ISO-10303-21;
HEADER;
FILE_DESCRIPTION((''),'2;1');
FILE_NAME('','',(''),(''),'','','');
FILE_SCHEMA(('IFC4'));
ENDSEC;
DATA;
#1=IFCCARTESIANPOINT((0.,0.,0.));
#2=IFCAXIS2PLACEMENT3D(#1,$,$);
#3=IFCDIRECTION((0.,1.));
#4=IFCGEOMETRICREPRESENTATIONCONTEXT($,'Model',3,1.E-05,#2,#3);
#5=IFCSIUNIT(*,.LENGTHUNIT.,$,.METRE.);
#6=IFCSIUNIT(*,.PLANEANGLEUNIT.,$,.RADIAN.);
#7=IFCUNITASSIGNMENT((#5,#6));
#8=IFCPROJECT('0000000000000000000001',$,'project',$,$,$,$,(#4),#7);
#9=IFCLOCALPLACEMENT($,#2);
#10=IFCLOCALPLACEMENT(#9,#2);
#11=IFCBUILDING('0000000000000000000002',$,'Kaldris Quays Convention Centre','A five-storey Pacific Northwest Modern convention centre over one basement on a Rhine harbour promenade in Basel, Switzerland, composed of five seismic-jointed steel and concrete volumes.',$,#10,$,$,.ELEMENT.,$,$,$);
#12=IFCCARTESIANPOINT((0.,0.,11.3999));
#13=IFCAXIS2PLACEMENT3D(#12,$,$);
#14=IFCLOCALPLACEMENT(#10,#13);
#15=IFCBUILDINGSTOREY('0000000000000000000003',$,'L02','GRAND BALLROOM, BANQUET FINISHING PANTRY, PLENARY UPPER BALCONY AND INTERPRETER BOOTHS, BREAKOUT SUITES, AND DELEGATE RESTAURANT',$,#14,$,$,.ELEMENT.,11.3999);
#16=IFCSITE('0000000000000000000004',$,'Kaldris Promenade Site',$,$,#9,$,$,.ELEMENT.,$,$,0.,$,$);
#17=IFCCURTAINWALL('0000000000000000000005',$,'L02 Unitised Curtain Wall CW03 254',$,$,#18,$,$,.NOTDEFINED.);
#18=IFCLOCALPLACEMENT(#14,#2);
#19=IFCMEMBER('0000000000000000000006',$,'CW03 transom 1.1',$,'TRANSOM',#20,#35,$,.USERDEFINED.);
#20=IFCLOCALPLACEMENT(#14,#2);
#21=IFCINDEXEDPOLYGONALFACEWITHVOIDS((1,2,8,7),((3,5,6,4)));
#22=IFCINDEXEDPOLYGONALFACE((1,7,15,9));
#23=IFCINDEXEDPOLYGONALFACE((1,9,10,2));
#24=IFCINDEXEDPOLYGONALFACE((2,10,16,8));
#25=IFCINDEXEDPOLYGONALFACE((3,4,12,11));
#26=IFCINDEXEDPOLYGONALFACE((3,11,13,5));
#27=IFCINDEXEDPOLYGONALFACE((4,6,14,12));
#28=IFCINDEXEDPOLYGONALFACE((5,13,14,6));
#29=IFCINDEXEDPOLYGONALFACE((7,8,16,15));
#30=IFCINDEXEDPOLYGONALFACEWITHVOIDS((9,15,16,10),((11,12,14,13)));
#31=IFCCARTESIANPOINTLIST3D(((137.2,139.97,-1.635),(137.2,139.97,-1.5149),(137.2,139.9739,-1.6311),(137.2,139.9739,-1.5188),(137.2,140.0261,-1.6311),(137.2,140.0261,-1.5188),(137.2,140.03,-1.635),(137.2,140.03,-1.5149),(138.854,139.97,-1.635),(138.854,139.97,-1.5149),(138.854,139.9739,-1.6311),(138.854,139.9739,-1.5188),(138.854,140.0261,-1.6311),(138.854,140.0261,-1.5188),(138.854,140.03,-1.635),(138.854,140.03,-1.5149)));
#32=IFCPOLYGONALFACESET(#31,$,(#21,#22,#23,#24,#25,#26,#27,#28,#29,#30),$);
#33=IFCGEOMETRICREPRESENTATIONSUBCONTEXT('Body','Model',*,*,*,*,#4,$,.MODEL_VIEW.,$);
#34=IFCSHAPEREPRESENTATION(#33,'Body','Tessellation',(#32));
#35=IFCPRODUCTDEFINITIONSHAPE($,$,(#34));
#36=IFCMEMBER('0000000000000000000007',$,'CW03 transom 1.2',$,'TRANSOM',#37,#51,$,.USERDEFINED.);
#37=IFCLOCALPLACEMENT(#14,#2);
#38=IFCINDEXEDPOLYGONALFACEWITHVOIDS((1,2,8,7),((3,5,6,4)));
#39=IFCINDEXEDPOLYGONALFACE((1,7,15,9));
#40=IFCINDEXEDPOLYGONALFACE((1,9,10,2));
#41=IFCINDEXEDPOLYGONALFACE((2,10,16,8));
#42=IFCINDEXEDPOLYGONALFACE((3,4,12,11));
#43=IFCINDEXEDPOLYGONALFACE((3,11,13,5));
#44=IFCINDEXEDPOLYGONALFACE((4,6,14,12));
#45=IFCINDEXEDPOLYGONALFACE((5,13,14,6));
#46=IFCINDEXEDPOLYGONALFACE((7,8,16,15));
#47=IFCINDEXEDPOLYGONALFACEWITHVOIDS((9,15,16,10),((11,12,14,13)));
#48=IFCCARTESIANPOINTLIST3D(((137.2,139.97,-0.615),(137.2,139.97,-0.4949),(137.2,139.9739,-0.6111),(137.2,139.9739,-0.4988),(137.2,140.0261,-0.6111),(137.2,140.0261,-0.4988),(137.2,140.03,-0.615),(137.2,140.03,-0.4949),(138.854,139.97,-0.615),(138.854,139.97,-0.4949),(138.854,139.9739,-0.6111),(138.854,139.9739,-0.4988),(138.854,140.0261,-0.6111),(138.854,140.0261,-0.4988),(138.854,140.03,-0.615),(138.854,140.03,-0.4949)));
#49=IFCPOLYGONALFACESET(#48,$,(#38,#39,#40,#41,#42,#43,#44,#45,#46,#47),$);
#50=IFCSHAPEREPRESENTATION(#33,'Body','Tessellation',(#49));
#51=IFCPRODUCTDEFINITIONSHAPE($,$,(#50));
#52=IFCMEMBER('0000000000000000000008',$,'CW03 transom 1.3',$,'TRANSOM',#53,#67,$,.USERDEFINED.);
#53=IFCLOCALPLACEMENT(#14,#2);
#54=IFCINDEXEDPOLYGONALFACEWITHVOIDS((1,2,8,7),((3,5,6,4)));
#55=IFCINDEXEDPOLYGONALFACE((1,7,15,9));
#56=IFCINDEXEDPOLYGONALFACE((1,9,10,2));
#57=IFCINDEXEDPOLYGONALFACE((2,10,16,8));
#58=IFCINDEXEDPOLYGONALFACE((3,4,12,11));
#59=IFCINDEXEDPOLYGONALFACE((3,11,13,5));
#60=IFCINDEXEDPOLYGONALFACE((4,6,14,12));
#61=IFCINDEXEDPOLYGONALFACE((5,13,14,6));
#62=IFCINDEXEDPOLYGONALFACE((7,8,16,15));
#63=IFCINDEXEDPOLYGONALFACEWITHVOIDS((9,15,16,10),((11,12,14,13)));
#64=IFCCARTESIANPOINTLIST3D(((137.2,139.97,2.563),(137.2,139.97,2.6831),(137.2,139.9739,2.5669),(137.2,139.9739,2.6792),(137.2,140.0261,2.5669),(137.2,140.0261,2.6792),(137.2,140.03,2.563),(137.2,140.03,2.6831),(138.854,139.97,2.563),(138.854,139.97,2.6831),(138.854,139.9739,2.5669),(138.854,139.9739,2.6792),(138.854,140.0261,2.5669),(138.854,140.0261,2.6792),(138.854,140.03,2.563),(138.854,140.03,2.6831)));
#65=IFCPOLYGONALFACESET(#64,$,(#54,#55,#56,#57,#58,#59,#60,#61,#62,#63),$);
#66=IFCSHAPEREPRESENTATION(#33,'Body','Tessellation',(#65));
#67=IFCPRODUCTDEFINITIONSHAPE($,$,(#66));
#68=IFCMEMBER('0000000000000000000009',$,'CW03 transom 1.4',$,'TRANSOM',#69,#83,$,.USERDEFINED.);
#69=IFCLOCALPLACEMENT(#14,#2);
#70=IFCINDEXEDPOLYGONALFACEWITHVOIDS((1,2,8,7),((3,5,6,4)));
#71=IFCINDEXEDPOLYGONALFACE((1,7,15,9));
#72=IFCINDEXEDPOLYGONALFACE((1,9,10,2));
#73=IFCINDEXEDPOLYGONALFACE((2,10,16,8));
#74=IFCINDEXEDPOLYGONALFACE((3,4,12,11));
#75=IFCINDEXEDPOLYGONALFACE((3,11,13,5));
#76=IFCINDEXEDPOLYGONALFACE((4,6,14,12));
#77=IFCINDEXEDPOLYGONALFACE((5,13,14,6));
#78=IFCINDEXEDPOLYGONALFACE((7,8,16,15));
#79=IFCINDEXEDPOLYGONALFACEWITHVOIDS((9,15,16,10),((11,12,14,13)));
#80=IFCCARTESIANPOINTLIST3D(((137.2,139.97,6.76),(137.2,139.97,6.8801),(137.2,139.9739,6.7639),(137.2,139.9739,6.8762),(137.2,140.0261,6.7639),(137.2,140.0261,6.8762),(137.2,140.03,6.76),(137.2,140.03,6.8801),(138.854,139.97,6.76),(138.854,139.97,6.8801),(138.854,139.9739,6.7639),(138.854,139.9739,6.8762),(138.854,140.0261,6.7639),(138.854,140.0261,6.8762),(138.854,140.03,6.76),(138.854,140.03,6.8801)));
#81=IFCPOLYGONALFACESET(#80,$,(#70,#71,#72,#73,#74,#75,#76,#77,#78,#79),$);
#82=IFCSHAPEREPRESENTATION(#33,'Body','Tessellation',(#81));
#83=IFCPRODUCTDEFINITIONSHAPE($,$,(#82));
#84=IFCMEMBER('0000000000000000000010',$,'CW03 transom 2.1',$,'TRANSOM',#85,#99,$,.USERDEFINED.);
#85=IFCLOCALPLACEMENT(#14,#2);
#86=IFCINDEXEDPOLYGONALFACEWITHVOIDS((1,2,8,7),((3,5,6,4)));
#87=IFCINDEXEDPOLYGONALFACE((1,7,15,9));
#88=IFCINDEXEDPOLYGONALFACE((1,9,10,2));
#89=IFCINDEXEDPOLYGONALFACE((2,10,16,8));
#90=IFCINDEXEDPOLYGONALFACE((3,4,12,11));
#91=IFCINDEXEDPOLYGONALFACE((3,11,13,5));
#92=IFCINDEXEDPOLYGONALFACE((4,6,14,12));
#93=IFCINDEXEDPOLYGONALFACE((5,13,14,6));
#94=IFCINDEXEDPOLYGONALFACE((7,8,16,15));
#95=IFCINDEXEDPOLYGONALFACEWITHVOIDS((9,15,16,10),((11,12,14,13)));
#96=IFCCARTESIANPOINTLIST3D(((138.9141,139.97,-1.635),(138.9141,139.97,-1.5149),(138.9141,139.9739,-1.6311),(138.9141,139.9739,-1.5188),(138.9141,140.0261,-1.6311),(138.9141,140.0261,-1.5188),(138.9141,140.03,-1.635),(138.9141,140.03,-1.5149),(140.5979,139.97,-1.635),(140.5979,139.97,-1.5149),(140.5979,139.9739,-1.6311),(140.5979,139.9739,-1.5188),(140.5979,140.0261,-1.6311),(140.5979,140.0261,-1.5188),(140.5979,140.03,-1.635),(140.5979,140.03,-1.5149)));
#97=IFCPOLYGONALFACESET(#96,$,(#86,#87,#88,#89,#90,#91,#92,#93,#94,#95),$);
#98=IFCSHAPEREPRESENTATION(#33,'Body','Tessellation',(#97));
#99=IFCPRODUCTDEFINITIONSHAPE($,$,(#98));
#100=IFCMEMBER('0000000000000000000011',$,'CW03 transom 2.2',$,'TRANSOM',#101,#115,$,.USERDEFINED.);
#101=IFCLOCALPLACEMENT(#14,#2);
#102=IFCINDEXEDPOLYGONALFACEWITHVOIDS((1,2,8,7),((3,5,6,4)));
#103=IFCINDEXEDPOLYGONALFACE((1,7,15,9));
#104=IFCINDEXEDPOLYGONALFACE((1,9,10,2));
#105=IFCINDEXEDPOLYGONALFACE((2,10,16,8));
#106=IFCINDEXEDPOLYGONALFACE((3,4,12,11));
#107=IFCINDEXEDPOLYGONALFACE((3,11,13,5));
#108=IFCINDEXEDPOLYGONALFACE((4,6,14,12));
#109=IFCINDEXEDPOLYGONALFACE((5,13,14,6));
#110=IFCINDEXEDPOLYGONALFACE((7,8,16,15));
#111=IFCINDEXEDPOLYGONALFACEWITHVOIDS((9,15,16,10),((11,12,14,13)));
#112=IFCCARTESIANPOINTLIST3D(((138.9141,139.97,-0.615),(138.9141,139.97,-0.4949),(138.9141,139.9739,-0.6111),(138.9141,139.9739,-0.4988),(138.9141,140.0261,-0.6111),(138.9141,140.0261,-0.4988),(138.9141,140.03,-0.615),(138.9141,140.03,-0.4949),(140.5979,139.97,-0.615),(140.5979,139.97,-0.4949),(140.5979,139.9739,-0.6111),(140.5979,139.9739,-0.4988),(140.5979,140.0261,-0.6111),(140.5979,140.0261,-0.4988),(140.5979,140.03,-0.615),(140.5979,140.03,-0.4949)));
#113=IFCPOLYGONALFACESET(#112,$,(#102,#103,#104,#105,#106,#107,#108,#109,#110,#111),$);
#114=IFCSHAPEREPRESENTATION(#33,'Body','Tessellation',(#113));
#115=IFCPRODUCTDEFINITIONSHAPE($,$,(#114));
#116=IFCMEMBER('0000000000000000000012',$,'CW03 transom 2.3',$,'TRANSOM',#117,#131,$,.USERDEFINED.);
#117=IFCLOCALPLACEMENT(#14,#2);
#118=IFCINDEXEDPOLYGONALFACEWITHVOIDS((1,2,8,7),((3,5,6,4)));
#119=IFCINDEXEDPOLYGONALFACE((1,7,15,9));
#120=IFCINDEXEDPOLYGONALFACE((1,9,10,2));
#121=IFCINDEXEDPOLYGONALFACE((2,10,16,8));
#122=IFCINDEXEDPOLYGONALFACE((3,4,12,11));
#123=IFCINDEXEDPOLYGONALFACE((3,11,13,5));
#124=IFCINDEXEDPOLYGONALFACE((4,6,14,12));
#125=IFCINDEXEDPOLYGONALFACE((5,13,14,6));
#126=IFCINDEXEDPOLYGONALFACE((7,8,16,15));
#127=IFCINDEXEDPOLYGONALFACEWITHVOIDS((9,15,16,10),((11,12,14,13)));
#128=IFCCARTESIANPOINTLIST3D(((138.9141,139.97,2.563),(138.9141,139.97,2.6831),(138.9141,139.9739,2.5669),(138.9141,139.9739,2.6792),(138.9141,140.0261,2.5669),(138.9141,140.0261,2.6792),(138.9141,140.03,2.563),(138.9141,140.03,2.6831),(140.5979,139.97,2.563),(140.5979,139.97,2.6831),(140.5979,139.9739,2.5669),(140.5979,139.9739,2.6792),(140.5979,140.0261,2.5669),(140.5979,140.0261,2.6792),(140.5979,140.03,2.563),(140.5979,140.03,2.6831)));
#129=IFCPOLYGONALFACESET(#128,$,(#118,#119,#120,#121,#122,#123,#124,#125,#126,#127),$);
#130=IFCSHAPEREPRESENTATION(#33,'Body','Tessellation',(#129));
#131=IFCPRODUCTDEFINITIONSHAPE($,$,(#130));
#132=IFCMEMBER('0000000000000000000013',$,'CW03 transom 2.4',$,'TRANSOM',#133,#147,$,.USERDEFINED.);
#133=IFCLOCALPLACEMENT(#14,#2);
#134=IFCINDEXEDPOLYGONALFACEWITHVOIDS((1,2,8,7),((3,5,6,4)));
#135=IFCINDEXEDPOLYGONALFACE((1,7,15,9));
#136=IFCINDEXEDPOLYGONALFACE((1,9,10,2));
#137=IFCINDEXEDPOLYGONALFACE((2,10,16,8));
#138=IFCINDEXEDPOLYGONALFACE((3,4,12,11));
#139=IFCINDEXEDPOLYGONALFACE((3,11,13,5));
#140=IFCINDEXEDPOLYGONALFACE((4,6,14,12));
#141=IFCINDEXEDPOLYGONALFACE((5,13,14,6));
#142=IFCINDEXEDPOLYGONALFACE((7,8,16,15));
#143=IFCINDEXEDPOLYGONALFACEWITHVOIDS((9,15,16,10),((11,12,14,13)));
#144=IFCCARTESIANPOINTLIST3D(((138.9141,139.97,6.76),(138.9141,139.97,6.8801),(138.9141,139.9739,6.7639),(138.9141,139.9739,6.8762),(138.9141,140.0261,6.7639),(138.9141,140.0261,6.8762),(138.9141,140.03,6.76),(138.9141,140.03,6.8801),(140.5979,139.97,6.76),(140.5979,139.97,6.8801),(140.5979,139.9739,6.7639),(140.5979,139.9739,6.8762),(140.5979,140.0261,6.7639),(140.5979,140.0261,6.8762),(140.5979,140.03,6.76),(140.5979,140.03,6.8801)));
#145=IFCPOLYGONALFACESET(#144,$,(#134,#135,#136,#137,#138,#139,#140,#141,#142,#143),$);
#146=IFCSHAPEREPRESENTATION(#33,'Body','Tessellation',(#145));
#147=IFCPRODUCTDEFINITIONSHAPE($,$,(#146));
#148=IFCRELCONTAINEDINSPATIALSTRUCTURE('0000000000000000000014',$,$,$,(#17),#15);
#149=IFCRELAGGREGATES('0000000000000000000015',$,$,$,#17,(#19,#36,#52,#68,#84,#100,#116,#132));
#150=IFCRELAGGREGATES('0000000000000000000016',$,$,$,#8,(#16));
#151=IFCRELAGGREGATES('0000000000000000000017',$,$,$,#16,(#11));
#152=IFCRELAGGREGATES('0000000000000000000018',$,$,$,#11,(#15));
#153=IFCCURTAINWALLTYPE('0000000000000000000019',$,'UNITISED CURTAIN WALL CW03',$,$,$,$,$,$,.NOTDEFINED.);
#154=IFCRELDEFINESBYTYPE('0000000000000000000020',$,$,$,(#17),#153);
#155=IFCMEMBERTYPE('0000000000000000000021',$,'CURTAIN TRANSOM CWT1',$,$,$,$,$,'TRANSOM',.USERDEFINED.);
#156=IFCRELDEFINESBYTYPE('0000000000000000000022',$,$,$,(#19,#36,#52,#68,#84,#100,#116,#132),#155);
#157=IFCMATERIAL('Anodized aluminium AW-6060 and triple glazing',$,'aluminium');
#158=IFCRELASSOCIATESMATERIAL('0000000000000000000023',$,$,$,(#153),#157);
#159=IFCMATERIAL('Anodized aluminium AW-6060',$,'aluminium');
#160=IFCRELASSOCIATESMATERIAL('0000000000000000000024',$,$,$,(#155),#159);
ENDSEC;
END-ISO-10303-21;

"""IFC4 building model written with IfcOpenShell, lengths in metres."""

from ifc_helpers import new_model, si_unit, direction, frame, origin, origin_2d, place, context, subcontext, project, spatial, hollow_rectangle, extrude, material, material_profile, profile_set, type_object, element, aggregate, save


model = new_model("IFC4")

# Units and contexts
model_context = context("Model", 3, precision=1e-05, world=origin(), true_north=direction((0.0, 1.0)))
body_context = subcontext(model_context, "Body", "Model", "MODEL_VIEW")
ifc_project = project(units=[si_unit("LENGTHUNIT", "METRE"), si_unit("PLANEANGLEUNIT", "RADIAN")], contexts=[model_context])

# Site, building, storey
site_placement = place(None, origin())
site = spatial("IfcSite", under=ifc_project, at=site_placement, Name="Kaldris Promenade Site", CompositionType="ELEMENT", RefElevation=0.0)
building_placement = place(site_placement, origin())
building = spatial("IfcBuilding", under=site, at=building_placement, Name="Kaldris Quays Convention Centre", Description="A five-storey Pacific Northwest Modern convention centre over one basement on a Rhine harbour promenade in Basel, Switzerland, composed of five seismic-jointed steel and concrete volumes.", CompositionType="ELEMENT")
storey_placement = place(building_placement, frame((0.0, 0.0, 11.3999)))
storey = spatial("IfcBuildingStorey", under=building, at=storey_placement, Name="L02", Description="GRAND BALLROOM, BANQUET FINISHING PANTRY, PLENARY UPPER BALCONY AND INTERPRETER BOOTHS, BREAKOUT SUITES, AND DELEGATE RESTAURANT", CompositionType="ELEMENT", Elevation=11.3999)

# Curtain wall
ifc_material_1 = material(Name="Anodized aluminium AW-6060 and triple glazing", Category="aluminium")
curtain_wall_type = type_object("IfcCurtainWallType", Name="UNITISED CURTAIN WALL CW03", PredefinedType="NOTDEFINED", material=ifc_material_1)
ifc_material_2 = material(Name="Anodized aluminium AW-6060", Category="aluminium")
curtain_wall_1_placement = place(storey_placement, origin())
curtain_wall_1 = element("IfcCurtainWall", 1, at=curtain_wall_1_placement, inside=storey, type_object=curtain_wall_type, Name="L02 Unitised Curtain Wall CW03 254", PredefinedType="NOTDEFINED")

# Members
ifc_material_profile_1 = material_profile(ifc_material_2, hollow_rectangle(XDim=0.0601, YDim=0.1201, WallThickness=0.0039, at=origin_2d()), Name="RHS 120x60x4")
ifc_profile_set_1 = profile_set([ifc_material_profile_1], Name="Anodized aluminium AW-6060")
member_type_1 = type_object("IfcMemberType", Name="CURTAIN TRANSOM CWT1", ElementType="TRANSOM", PredefinedType="USERDEFINED", material=ifc_profile_set_1)
member_1_placement = place(storey_placement, frame((137.2, 140.0, -1.575), z_axis=(1.0, 0.0, 0.0), x_axis=(0.0, 1.0, 0.0)))
member_1 = element("IfcMember", 2, at=member_1_placement, type_object=member_type_1, Name="CW03 transom 1.1", ObjectType="TRANSOM", PredefinedType="USERDEFINED", context=body_context, shape_type="SweptSolid", body=[
    extrude(hollow_rectangle(XDim=0.0601, YDim=0.1201, WallThickness=0.0039, at=origin_2d()), origin(), (0.0, 0.0, 1.0), 1.6541),
])
member_2_placement = place(storey_placement, frame((137.2, 140.0, -0.5549), z_axis=(1.0, 0.0, 0.0), x_axis=(0.0, 1.0, 0.0)))
member_2 = element("IfcMember", 3, at=member_2_placement, type_object=member_type_1, Name="CW03 transom 1.2", ObjectType="TRANSOM", PredefinedType="USERDEFINED", context=body_context, shape_type="SweptSolid", body=[
    extrude(hollow_rectangle(XDim=0.0601, YDim=0.1201, WallThickness=0.0039, at=origin_2d()), origin(), (0.0, 0.0, 1.0), 1.6541),
])
member_3_placement = place(storey_placement, frame((137.2, 140.0, 2.623), z_axis=(1.0, 0.0, 0.0), x_axis=(0.0, 1.0, 0.0)))
member_3 = element("IfcMember", 4, at=member_3_placement, type_object=member_type_1, Name="CW03 transom 1.3", ObjectType="TRANSOM", PredefinedType="USERDEFINED", context=body_context, shape_type="SweptSolid", body=[
    extrude(hollow_rectangle(XDim=0.0601, YDim=0.1201, WallThickness=0.0039, at=origin_2d()), origin(), (0.0, 0.0, 1.0), 1.6541),
])
member_4_placement = place(storey_placement, frame((137.2, 140.0, 6.8201), z_axis=(1.0, 0.0, 0.0), x_axis=(0.0, 1.0, 0.0)))
member_4 = element("IfcMember", 5, at=member_4_placement, type_object=member_type_1, Name="CW03 transom 1.4", ObjectType="TRANSOM", PredefinedType="USERDEFINED", context=body_context, shape_type="SweptSolid", body=[
    extrude(hollow_rectangle(XDim=0.0601, YDim=0.1201, WallThickness=0.0039, at=origin_2d()), origin(), (0.0, 0.0, 1.0), 1.6541),
])
member_5_placement = place(storey_placement, frame((138.9141, 140.0, -1.575), z_axis=(1.0, 0.0, 0.0), x_axis=(0.0, 1.0, 0.0)))
member_5 = element("IfcMember", 6, at=member_5_placement, type_object=member_type_1, Name="CW03 transom 2.1", ObjectType="TRANSOM", PredefinedType="USERDEFINED", context=body_context, shape_type="SweptSolid", body=[
    extrude(hollow_rectangle(XDim=0.0601, YDim=0.1201, WallThickness=0.0039, at=origin_2d()), origin(), (0.0, 0.0, 1.0), 1.6838),
])
member_6_placement = place(storey_placement, frame((138.9141, 140.0, -0.5549), z_axis=(1.0, 0.0, 0.0), x_axis=(0.0, 1.0, 0.0)))
member_6 = element("IfcMember", 7, at=member_6_placement, type_object=member_type_1, Name="CW03 transom 2.2", ObjectType="TRANSOM", PredefinedType="USERDEFINED", context=body_context, shape_type="SweptSolid", body=[
    extrude(hollow_rectangle(XDim=0.0601, YDim=0.1201, WallThickness=0.0039, at=origin_2d()), origin(), (0.0, 0.0, 1.0), 1.6838),
])
member_7_placement = place(storey_placement, frame((138.9141, 140.0, 2.623), z_axis=(1.0, 0.0, 0.0), x_axis=(0.0, 1.0, 0.0)))
member_7 = element("IfcMember", 8, at=member_7_placement, type_object=member_type_1, Name="CW03 transom 2.3", ObjectType="TRANSOM", PredefinedType="USERDEFINED", context=body_context, shape_type="SweptSolid", body=[
    extrude(hollow_rectangle(XDim=0.0601, YDim=0.1201, WallThickness=0.0039, at=origin_2d()), origin(), (0.0, 0.0, 1.0), 1.6838),
])
member_8_placement = place(storey_placement, frame((138.9141, 140.0, 6.8201), z_axis=(1.0, 0.0, 0.0), x_axis=(0.0, 1.0, 0.0)))
member_8 = element("IfcMember", 9, at=member_8_placement, type_object=member_type_1, Name="CW03 transom 2.4", ObjectType="TRANSOM", PredefinedType="USERDEFINED", context=body_context, shape_type="SweptSolid", body=[
    extrude(hollow_rectangle(XDim=0.0601, YDim=0.1201, WallThickness=0.0039, at=origin_2d()), origin(), (0.0, 0.0, 1.0), 1.6838),
])

aggregate(curtain_wall_1, [member_1, member_2, member_3, member_4, member_5, member_6, member_7, member_8])

save(model, "model.ifc")
